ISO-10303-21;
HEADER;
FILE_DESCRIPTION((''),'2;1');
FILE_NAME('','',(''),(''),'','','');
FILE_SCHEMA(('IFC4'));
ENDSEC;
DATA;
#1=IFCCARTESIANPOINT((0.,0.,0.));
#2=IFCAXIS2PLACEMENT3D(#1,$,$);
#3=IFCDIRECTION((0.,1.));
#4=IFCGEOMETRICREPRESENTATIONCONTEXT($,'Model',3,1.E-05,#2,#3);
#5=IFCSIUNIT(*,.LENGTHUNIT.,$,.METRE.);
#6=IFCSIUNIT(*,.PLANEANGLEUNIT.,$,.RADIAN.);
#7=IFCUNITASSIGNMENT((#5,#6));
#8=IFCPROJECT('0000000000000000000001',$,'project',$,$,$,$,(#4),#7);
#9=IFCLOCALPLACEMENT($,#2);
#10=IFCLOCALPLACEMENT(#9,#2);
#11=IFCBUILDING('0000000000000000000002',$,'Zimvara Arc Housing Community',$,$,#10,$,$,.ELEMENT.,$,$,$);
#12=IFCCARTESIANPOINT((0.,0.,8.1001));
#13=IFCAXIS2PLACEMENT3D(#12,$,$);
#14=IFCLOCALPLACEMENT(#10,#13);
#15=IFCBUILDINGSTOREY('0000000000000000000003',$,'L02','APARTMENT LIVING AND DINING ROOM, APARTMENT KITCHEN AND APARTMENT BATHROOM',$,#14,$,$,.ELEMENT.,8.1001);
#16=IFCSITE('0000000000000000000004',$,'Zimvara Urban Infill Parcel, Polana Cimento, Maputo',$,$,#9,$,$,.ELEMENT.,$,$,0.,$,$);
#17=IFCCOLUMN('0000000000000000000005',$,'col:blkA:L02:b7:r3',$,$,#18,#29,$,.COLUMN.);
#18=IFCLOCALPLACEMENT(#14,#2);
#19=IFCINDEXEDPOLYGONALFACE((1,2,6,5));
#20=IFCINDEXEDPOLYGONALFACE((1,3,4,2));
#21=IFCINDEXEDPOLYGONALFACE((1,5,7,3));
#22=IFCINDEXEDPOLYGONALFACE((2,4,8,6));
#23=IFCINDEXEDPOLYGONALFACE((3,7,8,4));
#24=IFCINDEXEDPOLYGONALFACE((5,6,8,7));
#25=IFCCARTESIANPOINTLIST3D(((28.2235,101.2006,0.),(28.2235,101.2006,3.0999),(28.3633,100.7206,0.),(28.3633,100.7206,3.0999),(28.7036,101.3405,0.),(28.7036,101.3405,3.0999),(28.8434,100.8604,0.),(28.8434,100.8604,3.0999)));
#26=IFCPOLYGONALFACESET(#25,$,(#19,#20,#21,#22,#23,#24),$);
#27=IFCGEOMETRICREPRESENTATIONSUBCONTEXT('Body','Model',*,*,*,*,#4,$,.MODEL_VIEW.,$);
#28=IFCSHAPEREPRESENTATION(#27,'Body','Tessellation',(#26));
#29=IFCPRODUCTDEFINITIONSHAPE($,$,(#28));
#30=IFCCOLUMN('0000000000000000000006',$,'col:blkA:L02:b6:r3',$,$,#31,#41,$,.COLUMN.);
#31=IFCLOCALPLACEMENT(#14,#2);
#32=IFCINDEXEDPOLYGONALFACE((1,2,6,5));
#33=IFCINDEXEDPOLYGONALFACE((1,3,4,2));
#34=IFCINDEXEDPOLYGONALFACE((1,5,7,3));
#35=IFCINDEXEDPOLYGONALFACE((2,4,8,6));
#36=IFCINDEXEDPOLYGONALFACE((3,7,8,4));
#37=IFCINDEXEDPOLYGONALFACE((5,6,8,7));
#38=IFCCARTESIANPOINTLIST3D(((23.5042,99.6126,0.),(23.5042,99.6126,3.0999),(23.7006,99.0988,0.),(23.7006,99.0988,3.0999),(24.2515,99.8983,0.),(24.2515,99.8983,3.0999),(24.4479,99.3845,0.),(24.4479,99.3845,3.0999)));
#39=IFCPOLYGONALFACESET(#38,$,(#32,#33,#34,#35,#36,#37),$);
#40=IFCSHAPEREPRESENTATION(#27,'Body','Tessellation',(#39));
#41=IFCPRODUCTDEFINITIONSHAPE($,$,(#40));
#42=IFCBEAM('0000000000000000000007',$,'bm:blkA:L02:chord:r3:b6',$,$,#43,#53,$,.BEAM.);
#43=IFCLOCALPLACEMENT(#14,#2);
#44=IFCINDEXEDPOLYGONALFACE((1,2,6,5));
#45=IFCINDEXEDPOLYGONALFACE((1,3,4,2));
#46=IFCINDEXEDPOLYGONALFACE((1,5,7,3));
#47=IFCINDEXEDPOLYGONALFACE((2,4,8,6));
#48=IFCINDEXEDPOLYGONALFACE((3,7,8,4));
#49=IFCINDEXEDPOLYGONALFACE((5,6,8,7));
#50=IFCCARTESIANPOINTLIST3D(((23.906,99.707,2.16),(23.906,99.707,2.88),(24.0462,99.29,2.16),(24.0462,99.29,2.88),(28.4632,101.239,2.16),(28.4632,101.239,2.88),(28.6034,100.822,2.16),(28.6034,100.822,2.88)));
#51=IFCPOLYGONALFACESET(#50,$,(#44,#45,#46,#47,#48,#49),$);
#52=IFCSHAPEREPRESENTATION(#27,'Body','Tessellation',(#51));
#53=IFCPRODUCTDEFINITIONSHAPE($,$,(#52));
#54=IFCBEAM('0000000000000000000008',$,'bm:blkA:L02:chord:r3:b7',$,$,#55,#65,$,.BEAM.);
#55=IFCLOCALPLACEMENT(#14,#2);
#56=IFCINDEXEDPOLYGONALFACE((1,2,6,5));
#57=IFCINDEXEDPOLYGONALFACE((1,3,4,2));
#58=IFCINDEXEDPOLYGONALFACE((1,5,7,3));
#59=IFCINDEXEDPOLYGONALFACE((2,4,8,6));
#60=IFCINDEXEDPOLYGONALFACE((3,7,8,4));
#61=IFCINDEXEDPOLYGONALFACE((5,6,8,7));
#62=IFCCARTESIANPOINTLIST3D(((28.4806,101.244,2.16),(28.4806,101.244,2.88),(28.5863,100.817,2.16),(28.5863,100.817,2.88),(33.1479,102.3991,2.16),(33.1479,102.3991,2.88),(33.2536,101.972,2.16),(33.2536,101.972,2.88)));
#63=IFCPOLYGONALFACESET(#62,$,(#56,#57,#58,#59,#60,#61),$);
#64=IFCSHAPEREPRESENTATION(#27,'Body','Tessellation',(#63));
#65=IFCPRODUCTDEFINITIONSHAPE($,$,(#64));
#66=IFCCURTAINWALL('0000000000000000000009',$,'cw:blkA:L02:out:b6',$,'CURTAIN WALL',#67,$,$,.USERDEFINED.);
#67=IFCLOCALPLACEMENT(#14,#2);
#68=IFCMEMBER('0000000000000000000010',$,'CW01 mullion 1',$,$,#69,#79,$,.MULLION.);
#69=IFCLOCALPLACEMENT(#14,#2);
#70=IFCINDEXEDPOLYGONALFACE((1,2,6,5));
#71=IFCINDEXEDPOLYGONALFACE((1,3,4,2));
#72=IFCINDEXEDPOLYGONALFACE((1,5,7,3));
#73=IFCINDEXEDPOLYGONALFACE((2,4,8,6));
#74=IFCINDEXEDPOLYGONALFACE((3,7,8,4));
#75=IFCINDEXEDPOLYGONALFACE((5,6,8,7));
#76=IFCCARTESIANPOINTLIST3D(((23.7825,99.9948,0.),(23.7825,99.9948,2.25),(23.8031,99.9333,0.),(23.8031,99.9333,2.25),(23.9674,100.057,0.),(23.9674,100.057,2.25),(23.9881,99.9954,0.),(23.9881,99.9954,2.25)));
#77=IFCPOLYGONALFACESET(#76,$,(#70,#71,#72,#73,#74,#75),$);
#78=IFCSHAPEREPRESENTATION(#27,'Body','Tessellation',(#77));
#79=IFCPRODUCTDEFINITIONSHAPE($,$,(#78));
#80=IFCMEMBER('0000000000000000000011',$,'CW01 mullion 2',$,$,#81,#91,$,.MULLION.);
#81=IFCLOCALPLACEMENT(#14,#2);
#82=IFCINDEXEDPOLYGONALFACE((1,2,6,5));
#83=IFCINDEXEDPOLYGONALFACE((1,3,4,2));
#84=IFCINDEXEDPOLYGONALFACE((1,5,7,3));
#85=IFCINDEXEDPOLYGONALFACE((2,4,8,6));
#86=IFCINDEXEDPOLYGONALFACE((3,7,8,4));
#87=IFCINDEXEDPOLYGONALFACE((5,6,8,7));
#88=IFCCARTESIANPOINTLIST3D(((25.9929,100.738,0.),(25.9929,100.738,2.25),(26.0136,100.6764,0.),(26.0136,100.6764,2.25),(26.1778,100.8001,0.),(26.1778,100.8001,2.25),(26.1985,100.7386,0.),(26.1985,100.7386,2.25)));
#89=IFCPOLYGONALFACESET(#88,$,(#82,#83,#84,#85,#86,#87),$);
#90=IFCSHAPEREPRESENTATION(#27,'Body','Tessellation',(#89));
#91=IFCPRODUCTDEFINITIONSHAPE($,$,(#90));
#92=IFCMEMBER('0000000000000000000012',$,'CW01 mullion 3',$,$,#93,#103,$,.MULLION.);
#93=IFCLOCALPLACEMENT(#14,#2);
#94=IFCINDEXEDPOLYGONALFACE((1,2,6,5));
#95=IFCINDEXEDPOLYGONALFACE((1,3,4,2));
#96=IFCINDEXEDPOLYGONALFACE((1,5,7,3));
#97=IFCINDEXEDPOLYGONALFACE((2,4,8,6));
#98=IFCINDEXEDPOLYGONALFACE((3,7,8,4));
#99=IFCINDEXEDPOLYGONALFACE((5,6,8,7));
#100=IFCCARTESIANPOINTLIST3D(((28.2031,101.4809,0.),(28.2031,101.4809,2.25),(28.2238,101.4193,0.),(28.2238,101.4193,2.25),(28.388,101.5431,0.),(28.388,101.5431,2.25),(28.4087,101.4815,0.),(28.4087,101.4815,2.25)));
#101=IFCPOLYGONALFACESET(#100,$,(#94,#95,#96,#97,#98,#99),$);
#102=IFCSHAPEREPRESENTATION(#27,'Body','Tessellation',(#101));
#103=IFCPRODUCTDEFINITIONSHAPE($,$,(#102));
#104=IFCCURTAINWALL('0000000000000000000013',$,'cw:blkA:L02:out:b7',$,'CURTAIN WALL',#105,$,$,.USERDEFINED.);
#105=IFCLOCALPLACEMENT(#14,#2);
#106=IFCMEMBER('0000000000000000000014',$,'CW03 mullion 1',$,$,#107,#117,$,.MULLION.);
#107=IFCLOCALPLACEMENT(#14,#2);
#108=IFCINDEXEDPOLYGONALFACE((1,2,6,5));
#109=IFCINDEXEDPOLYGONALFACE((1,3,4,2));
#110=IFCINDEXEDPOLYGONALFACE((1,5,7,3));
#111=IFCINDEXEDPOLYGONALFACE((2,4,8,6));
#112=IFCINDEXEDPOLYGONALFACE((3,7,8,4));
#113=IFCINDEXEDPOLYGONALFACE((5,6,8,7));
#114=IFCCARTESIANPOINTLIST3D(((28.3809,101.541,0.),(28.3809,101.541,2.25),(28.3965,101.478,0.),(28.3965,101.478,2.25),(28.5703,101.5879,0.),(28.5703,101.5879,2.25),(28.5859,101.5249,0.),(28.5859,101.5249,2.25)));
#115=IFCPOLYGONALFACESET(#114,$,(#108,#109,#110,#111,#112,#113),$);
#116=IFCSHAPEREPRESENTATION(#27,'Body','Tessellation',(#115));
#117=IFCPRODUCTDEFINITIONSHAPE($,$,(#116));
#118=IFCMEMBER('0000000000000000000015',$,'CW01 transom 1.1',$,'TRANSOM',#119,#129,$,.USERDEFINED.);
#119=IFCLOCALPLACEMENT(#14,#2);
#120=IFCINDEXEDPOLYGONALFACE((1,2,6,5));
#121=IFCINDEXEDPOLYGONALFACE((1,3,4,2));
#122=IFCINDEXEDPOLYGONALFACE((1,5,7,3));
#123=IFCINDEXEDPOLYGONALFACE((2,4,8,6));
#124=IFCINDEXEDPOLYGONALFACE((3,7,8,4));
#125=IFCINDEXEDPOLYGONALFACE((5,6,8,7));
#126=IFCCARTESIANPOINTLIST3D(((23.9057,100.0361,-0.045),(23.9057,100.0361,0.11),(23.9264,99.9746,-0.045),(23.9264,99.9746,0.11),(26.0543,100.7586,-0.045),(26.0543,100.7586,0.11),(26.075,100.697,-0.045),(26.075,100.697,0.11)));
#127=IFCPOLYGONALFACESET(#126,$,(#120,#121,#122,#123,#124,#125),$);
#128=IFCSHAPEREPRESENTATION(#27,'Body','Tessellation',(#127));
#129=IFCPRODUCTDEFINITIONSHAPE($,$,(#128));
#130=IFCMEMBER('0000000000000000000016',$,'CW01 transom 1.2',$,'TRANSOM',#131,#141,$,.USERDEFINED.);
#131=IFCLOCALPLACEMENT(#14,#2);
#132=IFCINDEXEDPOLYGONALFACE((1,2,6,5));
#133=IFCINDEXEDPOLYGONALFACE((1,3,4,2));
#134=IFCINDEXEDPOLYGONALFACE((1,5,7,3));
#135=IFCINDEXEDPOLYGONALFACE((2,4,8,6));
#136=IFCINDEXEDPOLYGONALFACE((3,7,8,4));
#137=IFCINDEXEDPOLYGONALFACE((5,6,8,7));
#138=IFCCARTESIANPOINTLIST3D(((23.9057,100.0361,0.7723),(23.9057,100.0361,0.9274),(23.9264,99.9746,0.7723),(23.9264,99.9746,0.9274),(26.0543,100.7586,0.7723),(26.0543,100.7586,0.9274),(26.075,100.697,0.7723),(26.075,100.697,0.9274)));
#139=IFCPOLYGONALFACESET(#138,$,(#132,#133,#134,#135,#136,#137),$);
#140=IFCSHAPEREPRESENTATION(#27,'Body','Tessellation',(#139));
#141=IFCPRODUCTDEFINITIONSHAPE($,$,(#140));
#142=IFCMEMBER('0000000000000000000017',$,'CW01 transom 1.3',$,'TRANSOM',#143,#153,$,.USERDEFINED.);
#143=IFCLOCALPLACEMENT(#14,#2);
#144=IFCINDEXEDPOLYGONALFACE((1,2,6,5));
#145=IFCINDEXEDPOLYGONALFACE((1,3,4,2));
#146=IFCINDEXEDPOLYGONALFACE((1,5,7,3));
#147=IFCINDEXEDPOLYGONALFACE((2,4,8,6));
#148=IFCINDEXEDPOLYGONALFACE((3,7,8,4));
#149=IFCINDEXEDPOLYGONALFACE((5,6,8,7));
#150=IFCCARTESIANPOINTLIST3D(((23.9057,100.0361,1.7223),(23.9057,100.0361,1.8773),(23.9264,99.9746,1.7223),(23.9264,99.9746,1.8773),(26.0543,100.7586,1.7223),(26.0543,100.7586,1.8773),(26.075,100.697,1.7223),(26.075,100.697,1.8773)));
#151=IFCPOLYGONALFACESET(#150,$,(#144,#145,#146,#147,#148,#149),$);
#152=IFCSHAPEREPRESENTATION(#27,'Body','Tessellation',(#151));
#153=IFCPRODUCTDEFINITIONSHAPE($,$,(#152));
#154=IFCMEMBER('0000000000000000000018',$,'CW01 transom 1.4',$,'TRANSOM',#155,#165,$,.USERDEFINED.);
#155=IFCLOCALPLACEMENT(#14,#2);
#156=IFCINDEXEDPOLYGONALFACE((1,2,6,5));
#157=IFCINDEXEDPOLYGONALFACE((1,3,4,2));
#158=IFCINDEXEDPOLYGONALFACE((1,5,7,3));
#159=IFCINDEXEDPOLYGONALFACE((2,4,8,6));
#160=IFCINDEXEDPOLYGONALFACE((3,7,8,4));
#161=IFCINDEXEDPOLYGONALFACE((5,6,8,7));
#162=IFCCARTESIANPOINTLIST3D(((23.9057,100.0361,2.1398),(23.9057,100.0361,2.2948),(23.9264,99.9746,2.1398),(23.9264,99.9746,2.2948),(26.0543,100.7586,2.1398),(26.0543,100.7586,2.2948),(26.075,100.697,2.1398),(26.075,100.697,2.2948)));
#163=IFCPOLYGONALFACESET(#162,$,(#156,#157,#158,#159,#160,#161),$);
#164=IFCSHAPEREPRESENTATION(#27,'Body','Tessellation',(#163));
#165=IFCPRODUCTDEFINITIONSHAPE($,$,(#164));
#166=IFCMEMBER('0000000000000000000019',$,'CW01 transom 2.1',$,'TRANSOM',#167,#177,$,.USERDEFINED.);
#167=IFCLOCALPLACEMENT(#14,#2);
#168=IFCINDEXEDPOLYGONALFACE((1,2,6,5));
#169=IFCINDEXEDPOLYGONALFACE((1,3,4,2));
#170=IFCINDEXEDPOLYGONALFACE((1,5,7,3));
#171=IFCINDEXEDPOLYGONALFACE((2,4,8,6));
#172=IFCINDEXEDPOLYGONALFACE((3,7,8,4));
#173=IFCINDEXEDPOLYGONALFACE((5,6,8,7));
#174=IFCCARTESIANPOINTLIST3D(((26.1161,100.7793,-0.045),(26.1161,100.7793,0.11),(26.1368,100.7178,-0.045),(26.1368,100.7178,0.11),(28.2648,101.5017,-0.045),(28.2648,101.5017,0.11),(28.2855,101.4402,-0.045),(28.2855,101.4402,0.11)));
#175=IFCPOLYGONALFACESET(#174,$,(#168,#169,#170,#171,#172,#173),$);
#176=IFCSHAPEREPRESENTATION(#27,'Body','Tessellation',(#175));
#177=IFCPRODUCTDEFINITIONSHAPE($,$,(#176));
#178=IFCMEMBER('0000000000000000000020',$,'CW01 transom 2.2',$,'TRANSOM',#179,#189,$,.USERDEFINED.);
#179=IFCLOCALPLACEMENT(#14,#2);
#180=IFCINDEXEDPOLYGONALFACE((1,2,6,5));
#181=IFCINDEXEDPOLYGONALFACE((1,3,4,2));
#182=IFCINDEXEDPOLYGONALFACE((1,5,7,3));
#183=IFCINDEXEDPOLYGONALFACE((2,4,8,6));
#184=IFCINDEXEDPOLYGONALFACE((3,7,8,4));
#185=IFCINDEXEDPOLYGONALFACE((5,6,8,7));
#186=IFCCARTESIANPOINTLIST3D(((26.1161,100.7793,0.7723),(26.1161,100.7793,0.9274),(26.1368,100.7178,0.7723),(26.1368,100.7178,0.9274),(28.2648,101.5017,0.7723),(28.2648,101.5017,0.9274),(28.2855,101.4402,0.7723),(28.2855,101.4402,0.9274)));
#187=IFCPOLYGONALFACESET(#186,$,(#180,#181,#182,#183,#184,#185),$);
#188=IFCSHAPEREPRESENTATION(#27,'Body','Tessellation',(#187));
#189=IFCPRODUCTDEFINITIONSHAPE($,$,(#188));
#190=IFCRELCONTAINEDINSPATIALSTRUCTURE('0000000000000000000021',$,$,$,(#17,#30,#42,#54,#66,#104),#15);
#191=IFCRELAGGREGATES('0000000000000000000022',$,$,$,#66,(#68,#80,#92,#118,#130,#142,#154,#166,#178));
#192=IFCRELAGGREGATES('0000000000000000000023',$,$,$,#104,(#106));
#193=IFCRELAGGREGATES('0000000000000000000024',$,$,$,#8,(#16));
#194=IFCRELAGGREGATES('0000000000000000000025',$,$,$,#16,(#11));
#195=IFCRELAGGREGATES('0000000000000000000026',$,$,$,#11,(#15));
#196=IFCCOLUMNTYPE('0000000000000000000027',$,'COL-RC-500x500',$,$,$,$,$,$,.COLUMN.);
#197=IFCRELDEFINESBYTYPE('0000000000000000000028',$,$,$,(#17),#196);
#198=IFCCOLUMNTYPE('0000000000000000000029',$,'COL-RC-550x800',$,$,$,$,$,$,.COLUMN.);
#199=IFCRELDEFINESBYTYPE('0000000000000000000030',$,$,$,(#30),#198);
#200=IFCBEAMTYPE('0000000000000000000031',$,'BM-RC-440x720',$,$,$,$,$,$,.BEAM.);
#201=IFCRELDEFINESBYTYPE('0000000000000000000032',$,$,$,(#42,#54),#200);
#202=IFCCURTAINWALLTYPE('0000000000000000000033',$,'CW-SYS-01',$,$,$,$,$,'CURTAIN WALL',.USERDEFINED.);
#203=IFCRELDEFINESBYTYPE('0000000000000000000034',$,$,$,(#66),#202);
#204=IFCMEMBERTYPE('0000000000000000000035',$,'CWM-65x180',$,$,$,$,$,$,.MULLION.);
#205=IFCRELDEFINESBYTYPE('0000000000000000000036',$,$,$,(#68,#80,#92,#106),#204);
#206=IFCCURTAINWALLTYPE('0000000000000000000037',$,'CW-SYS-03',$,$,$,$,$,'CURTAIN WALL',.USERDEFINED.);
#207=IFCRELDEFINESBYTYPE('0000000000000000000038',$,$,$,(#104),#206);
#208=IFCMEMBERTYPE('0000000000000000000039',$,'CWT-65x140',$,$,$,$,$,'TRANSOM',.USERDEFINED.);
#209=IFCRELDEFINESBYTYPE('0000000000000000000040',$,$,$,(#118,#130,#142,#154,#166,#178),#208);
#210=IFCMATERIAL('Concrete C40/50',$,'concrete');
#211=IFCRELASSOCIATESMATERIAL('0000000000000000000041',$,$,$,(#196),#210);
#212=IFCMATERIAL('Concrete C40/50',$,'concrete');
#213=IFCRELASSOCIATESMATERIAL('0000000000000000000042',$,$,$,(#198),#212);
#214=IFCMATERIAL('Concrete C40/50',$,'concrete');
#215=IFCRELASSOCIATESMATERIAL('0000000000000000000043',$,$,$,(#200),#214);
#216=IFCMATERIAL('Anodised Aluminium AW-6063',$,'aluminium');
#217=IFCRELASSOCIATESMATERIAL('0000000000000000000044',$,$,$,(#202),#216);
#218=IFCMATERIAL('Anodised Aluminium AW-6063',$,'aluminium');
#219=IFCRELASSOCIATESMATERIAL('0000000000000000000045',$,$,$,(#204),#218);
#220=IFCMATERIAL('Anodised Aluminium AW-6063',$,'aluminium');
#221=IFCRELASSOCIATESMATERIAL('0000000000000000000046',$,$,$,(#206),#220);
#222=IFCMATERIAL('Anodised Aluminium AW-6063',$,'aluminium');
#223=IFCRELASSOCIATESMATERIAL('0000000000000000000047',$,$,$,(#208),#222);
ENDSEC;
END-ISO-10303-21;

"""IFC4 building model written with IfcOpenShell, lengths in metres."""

from ifc_helpers import new_model, si_unit, direction, frame, origin, origin_2d, place, context, subcontext, project, spatial, rectangle, extrude, material, material_profile, profile_set, type_object, element, aggregate, save


model = new_model("IFC4")

# Units and contexts
model_context = context("Model", 3, precision=1e-05, world=origin(), true_north=direction((0.0, 1.0)))
body_context = subcontext(model_context, "Body", "Model", "MODEL_VIEW")
ifc_project = project(units=[si_unit("LENGTHUNIT", "METRE"), si_unit("PLANEANGLEUNIT", "RADIAN")], contexts=[model_context])

# Site, building, storey
site_placement = place(None, origin())
site = spatial("IfcSite", under=ifc_project, at=site_placement, Name="Zimvara Urban Infill Parcel, Polana Cimento, Maputo", CompositionType="ELEMENT", RefElevation=0.0)
building_placement = place(site_placement, origin())
building = spatial("IfcBuilding", under=site, at=building_placement, Name="Zimvara Arc Housing Community", CompositionType="ELEMENT")
storey_placement = place(building_placement, frame((0.0, 0.0, 8.1001)))
storey = spatial("IfcBuildingStorey", under=building, at=storey_placement, Name="L02", Description="APARTMENT LIVING AND DINING ROOM, APARTMENT KITCHEN AND APARTMENT BATHROOM", CompositionType="ELEMENT", Elevation=8.1001)

# Columns
ifc_material_1 = material(Name="Concrete C40/50", Category="concrete")
ifc_material_profile_1 = material_profile(ifc_material_1, rectangle(XDim=0.5, YDim=0.5, at=origin_2d()), Name="RC 500x500")
ifc_profile_set_1 = profile_set([ifc_material_profile_1], Name="Concrete C40/50")
column_type_1 = type_object("IfcColumnType", Name="COL-RC-500x500", PredefinedType="COLUMN", material=ifc_profile_set_1)
column_1_placement = place(storey_placement, frame((28.5334, 101.0305, 0.0), z_axis=(0.0, 0.0, 1.0), x_axis=(-0.279661, 0.960099, 0.0)))
element("IfcColumn", 1, at=column_1_placement, inside=storey, type_object=column_type_1, Name="col:blkA:L02:b7:r3", PredefinedType="COLUMN", context=body_context, shape_type="SweptSolid", body=[
    extrude(rectangle(XDim=0.5, YDim=0.5, at=origin_2d()), origin(), (0.0, 0.0, 1.0), 3.0999),
])
ifc_material_2 = material(Name="Concrete C40/50", Category="concrete")
ifc_material_profile_2 = material_profile(ifc_material_2, rectangle(XDim=0.55, YDim=0.8, at=origin_2d()), Name="RC 550x800")
ifc_profile_set_2 = profile_set([ifc_material_profile_2], Name="Concrete C40/50")
column_type_2 = type_object("IfcColumnType", Name="COL-RC-550x800", PredefinedType="COLUMN", material=ifc_profile_set_2)
column_2_placement = place(storey_placement, frame((23.9761, 99.4985, 0.0), z_axis=(0.0, 0.0, 1.0), x_axis=(-0.357064, 0.93408, 0.0)))
element("IfcColumn", 2, at=column_2_placement, inside=storey, type_object=column_type_2, Name="col:blkA:L02:b6:r3", PredefinedType="COLUMN", context=body_context, shape_type="SweptSolid", body=[
    extrude(rectangle(XDim=0.55, YDim=0.8, at=origin_2d()), origin(), (0.0, 0.0, 1.0), 3.0999),
])

# Beams
ifc_material_3 = material(Name="Concrete C40/50", Category="concrete")
ifc_material_profile_3 = material_profile(ifc_material_3, rectangle(XDim=0.4399, YDim=0.72, at=origin_2d()), Name="RC 440x720")
ifc_profile_set_3 = profile_set([ifc_material_profile_3], Name="Concrete C40/50")
beam_type = type_object("IfcBeamType", Name="BM-RC-440x720", PredefinedType="BEAM", material=ifc_profile_set_3)
beam_1_placement = place(storey_placement, frame((23.9761, 99.4985, 2.52), z_axis=(0.947878, 0.318634, 0.0), x_axis=(-0.318634, 0.947878, 0.0)))
element("IfcBeam", 3, at=beam_1_placement, inside=storey, type_object=beam_type, Name="bm:blkA:L02:chord:r3:b6", PredefinedType="BEAM", context=body_context, shape_type="SweptSolid", body=[
    extrude(rectangle(XDim=0.4399, YDim=0.72, at=origin_2d()), origin(), (0.0, 0.0, 1.0), 4.8079),
])
beam_2_placement = place(storey_placement, frame((28.5334, 101.0305, 2.52), z_axis=(0.970716, 0.240229, 0.0), x_axis=(-0.240229, 0.970716, 0.0)))
element("IfcBeam", 4, at=beam_2_placement, inside=storey, type_object=beam_type, Name="bm:blkA:L02:chord:r3:b7", PredefinedType="BEAM", context=body_context, shape_type="SweptSolid", body=[
    extrude(rectangle(XDim=0.4399, YDim=0.72, at=origin_2d()), origin(), (0.0, 0.0, 1.0), 4.8081),
])

# Curtain wall, members
ifc_material_4 = material(Name="Anodised Aluminium AW-6063", Category="aluminium")
curtain_wall_type_1 = type_object("IfcCurtainWallType", Name="CW-SYS-01", ElementType="CURTAIN WALL", PredefinedType="USERDEFINED", material=ifc_material_4)
curtain_wall_1_placement = place(storey_placement, origin())
curtain_wall_1 = element("IfcCurtainWall", 5, at=curtain_wall_1_placement, inside=storey, type_object=curtain_wall_type_1, Name="cw:blkA:L02:out:b6", ObjectType="CURTAIN WALL", PredefinedType="USERDEFINED")
ifc_material_5 = material(Name="Anodised Aluminium AW-6063", Category="aluminium")
ifc_material_profile_4 = material_profile(ifc_material_5, rectangle(XDim=0.0649, YDim=0.1951, at=origin_2d()), Name="ALU 65x195")
ifc_profile_set_4 = profile_set([ifc_material_profile_4], Name="Anodised Aluminium AW-6063")
member_type_1 = type_object("IfcMemberType", Name="CWM-65x180", PredefinedType="MULLION", material=ifc_profile_set_4)
member_1_placement = place(storey_placement, frame((23.8853, 99.9951, 0.0), z_axis=(0.0, 0.0, 1.0), x_axis=(-0.318629, 0.94788, 0.0)))
member_1 = element("IfcMember", 6, at=member_1_placement, type_object=member_type_1, Name="CW01 mullion 1", PredefinedType="MULLION", context=body_context, shape_type="SweptSolid", body=[
    extrude(rectangle(XDim=0.0649, YDim=0.1951, at=origin_2d()), origin(), (0.0, 0.0, 1.0), 2.25),
])
member_2_placement = place(storey_placement, frame((26.0957, 100.7383, 0.0), z_axis=(0.0, 0.0, 1.0), x_axis=(-0.318629, 0.94788, 0.0)))
member_2 = element("IfcMember", 7, at=member_2_placement, type_object=member_type_1, Name="CW01 mullion 2", PredefinedType="MULLION", context=body_context, shape_type="SweptSolid", body=[
    extrude(rectangle(XDim=0.0649, YDim=0.1951, at=origin_2d()), origin(), (0.0, 0.0, 1.0), 2.25),
])
member_3_placement = place(storey_placement, frame((28.3059, 101.4812, 0.0), z_axis=(0.0, 0.0, 1.0), x_axis=(-0.318629, 0.94788, 0.0)))
member_3 = element("IfcMember", 8, at=member_3_placement, type_object=member_type_1, Name="CW01 mullion 3", PredefinedType="MULLION", context=body_context, shape_type="SweptSolid", body=[
    extrude(rectangle(XDim=0.0649, YDim=0.1951, at=origin_2d()), origin(), (0.0, 0.0, 1.0), 2.25),
])

# Curtain wall, member
ifc_material_6 = material(Name="Anodised Aluminium AW-6063", Category="aluminium")
curtain_wall_type_2 = type_object("IfcCurtainWallType", Name="CW-SYS-03", ElementType="CURTAIN WALL", PredefinedType="USERDEFINED", material=ifc_material_6)
curtain_wall_2_placement = place(storey_placement, origin())
curtain_wall_2 = element("IfcCurtainWall", 9, at=curtain_wall_2_placement, inside=storey, type_object=curtain_wall_type_2, Name="cw:blkA:L02:out:b7", ObjectType="CURTAIN WALL", PredefinedType="USERDEFINED")
member_4_placement = place(storey_placement, frame((28.4834, 101.533, 0.0), z_axis=(0.0, 0.0, 1.0), x_axis=(-0.24023, 0.970716, 0.0)))
member_4 = element("IfcMember", 10, at=member_4_placement, type_object=member_type_1, Name="CW03 mullion 1", PredefinedType="MULLION", context=body_context, shape_type="SweptSolid", body=[
    extrude(rectangle(XDim=0.0649, YDim=0.1951, at=origin_2d()), origin(), (0.0, 0.0, 1.0), 2.25),
])

# Members
ifc_material_7 = material(Name="Anodised Aluminium AW-6063", Category="aluminium")
ifc_material_profile_5 = material_profile(ifc_material_7, rectangle(XDim=0.0649, YDim=0.155, at=origin_2d()), Name="ALU 65x155")
ifc_profile_set_5 = profile_set([ifc_material_profile_5], Name="Anodised Aluminium AW-6063")
member_type_2 = type_object("IfcMemberType", Name="CWT-65x140", ElementType="TRANSOM", PredefinedType="USERDEFINED", material=ifc_profile_set_5)
member_5_placement = place(storey_placement, frame((23.916, 100.0054, 0.0325), z_axis=(0.947862, 0.318682, 0.0), x_axis=(-0.318682, 0.947862, 0.0)))
member_5 = element("IfcMember", 11, at=member_5_placement, type_object=member_type_2, Name="CW01 transom 1.1", ObjectType="TRANSOM", PredefinedType="USERDEFINED", context=body_context, shape_type="SweptSolid", body=[
    extrude(rectangle(XDim=0.0649, YDim=0.155, at=origin_2d()), origin(), (0.0, 0.0, 1.0), 2.2668),
])
member_6_placement = place(storey_placement, frame((23.916, 100.0054, 0.8499), z_axis=(0.947862, 0.318682, 0.0), x_axis=(-0.318682, 0.947862, 0.0)))
member_6 = element("IfcMember", 12, at=member_6_placement, type_object=member_type_2, Name="CW01 transom 1.2", ObjectType="TRANSOM", PredefinedType="USERDEFINED", context=body_context, shape_type="SweptSolid", body=[
    extrude(rectangle(XDim=0.0649, YDim=0.155, at=origin_2d()), origin(), (0.0, 0.0, 1.0), 2.2668),
])
member_7_placement = place(storey_placement, frame((23.916, 100.0054, 1.7998), z_axis=(0.947862, 0.318682, 0.0), x_axis=(-0.318682, 0.947862, 0.0)))
member_7 = element("IfcMember", 13, at=member_7_placement, type_object=member_type_2, Name="CW01 transom 1.3", ObjectType="TRANSOM", PredefinedType="USERDEFINED", context=body_context, shape_type="SweptSolid", body=[
    extrude(rectangle(XDim=0.0649, YDim=0.155, at=origin_2d()), origin(), (0.0, 0.0, 1.0), 2.2668),
])
member_8_placement = place(storey_placement, frame((23.916, 100.0054, 2.2173), z_axis=(0.947862, 0.318682, 0.0), x_axis=(-0.318682, 0.947862, 0.0)))
member_8 = element("IfcMember", 14, at=member_8_placement, type_object=member_type_2, Name="CW01 transom 1.4", ObjectType="TRANSOM", PredefinedType="USERDEFINED", context=body_context, shape_type="SweptSolid", body=[
    extrude(rectangle(XDim=0.0649, YDim=0.155, at=origin_2d()), origin(), (0.0, 0.0, 1.0), 2.2668),
])
member_9_placement = place(storey_placement, frame((26.1265, 100.7485, 0.0325), z_axis=(0.947862, 0.318682, 0.0), x_axis=(-0.318682, 0.947862, 0.0)))
member_9 = element("IfcMember", 15, at=member_9_placement, type_object=member_type_2, Name="CW01 transom 2.1", ObjectType="TRANSOM", PredefinedType="USERDEFINED", context=body_context, shape_type="SweptSolid", body=[
    extrude(rectangle(XDim=0.0649, YDim=0.155, at=origin_2d()), origin(), (0.0, 0.0, 1.0), 2.2668),
])
member_10_placement = place(storey_placement, frame((26.1265, 100.7485, 0.8499), z_axis=(0.947862, 0.318682, 0.0), x_axis=(-0.318682, 0.947862, 0.0)))
member_10 = element("IfcMember", 16, at=member_10_placement, type_object=member_type_2, Name="CW01 transom 2.2", ObjectType="TRANSOM", PredefinedType="USERDEFINED", context=body_context, shape_type="SweptSolid", body=[
    extrude(rectangle(XDim=0.0649, YDim=0.155, at=origin_2d()), origin(), (0.0, 0.0, 1.0), 2.2668),
])

aggregate(curtain_wall_1, [member_1, member_2, member_3, member_5, member_6, member_7, member_8, member_9, member_10])
aggregate(curtain_wall_2, [member_4])

save(model, "model.ifc")
